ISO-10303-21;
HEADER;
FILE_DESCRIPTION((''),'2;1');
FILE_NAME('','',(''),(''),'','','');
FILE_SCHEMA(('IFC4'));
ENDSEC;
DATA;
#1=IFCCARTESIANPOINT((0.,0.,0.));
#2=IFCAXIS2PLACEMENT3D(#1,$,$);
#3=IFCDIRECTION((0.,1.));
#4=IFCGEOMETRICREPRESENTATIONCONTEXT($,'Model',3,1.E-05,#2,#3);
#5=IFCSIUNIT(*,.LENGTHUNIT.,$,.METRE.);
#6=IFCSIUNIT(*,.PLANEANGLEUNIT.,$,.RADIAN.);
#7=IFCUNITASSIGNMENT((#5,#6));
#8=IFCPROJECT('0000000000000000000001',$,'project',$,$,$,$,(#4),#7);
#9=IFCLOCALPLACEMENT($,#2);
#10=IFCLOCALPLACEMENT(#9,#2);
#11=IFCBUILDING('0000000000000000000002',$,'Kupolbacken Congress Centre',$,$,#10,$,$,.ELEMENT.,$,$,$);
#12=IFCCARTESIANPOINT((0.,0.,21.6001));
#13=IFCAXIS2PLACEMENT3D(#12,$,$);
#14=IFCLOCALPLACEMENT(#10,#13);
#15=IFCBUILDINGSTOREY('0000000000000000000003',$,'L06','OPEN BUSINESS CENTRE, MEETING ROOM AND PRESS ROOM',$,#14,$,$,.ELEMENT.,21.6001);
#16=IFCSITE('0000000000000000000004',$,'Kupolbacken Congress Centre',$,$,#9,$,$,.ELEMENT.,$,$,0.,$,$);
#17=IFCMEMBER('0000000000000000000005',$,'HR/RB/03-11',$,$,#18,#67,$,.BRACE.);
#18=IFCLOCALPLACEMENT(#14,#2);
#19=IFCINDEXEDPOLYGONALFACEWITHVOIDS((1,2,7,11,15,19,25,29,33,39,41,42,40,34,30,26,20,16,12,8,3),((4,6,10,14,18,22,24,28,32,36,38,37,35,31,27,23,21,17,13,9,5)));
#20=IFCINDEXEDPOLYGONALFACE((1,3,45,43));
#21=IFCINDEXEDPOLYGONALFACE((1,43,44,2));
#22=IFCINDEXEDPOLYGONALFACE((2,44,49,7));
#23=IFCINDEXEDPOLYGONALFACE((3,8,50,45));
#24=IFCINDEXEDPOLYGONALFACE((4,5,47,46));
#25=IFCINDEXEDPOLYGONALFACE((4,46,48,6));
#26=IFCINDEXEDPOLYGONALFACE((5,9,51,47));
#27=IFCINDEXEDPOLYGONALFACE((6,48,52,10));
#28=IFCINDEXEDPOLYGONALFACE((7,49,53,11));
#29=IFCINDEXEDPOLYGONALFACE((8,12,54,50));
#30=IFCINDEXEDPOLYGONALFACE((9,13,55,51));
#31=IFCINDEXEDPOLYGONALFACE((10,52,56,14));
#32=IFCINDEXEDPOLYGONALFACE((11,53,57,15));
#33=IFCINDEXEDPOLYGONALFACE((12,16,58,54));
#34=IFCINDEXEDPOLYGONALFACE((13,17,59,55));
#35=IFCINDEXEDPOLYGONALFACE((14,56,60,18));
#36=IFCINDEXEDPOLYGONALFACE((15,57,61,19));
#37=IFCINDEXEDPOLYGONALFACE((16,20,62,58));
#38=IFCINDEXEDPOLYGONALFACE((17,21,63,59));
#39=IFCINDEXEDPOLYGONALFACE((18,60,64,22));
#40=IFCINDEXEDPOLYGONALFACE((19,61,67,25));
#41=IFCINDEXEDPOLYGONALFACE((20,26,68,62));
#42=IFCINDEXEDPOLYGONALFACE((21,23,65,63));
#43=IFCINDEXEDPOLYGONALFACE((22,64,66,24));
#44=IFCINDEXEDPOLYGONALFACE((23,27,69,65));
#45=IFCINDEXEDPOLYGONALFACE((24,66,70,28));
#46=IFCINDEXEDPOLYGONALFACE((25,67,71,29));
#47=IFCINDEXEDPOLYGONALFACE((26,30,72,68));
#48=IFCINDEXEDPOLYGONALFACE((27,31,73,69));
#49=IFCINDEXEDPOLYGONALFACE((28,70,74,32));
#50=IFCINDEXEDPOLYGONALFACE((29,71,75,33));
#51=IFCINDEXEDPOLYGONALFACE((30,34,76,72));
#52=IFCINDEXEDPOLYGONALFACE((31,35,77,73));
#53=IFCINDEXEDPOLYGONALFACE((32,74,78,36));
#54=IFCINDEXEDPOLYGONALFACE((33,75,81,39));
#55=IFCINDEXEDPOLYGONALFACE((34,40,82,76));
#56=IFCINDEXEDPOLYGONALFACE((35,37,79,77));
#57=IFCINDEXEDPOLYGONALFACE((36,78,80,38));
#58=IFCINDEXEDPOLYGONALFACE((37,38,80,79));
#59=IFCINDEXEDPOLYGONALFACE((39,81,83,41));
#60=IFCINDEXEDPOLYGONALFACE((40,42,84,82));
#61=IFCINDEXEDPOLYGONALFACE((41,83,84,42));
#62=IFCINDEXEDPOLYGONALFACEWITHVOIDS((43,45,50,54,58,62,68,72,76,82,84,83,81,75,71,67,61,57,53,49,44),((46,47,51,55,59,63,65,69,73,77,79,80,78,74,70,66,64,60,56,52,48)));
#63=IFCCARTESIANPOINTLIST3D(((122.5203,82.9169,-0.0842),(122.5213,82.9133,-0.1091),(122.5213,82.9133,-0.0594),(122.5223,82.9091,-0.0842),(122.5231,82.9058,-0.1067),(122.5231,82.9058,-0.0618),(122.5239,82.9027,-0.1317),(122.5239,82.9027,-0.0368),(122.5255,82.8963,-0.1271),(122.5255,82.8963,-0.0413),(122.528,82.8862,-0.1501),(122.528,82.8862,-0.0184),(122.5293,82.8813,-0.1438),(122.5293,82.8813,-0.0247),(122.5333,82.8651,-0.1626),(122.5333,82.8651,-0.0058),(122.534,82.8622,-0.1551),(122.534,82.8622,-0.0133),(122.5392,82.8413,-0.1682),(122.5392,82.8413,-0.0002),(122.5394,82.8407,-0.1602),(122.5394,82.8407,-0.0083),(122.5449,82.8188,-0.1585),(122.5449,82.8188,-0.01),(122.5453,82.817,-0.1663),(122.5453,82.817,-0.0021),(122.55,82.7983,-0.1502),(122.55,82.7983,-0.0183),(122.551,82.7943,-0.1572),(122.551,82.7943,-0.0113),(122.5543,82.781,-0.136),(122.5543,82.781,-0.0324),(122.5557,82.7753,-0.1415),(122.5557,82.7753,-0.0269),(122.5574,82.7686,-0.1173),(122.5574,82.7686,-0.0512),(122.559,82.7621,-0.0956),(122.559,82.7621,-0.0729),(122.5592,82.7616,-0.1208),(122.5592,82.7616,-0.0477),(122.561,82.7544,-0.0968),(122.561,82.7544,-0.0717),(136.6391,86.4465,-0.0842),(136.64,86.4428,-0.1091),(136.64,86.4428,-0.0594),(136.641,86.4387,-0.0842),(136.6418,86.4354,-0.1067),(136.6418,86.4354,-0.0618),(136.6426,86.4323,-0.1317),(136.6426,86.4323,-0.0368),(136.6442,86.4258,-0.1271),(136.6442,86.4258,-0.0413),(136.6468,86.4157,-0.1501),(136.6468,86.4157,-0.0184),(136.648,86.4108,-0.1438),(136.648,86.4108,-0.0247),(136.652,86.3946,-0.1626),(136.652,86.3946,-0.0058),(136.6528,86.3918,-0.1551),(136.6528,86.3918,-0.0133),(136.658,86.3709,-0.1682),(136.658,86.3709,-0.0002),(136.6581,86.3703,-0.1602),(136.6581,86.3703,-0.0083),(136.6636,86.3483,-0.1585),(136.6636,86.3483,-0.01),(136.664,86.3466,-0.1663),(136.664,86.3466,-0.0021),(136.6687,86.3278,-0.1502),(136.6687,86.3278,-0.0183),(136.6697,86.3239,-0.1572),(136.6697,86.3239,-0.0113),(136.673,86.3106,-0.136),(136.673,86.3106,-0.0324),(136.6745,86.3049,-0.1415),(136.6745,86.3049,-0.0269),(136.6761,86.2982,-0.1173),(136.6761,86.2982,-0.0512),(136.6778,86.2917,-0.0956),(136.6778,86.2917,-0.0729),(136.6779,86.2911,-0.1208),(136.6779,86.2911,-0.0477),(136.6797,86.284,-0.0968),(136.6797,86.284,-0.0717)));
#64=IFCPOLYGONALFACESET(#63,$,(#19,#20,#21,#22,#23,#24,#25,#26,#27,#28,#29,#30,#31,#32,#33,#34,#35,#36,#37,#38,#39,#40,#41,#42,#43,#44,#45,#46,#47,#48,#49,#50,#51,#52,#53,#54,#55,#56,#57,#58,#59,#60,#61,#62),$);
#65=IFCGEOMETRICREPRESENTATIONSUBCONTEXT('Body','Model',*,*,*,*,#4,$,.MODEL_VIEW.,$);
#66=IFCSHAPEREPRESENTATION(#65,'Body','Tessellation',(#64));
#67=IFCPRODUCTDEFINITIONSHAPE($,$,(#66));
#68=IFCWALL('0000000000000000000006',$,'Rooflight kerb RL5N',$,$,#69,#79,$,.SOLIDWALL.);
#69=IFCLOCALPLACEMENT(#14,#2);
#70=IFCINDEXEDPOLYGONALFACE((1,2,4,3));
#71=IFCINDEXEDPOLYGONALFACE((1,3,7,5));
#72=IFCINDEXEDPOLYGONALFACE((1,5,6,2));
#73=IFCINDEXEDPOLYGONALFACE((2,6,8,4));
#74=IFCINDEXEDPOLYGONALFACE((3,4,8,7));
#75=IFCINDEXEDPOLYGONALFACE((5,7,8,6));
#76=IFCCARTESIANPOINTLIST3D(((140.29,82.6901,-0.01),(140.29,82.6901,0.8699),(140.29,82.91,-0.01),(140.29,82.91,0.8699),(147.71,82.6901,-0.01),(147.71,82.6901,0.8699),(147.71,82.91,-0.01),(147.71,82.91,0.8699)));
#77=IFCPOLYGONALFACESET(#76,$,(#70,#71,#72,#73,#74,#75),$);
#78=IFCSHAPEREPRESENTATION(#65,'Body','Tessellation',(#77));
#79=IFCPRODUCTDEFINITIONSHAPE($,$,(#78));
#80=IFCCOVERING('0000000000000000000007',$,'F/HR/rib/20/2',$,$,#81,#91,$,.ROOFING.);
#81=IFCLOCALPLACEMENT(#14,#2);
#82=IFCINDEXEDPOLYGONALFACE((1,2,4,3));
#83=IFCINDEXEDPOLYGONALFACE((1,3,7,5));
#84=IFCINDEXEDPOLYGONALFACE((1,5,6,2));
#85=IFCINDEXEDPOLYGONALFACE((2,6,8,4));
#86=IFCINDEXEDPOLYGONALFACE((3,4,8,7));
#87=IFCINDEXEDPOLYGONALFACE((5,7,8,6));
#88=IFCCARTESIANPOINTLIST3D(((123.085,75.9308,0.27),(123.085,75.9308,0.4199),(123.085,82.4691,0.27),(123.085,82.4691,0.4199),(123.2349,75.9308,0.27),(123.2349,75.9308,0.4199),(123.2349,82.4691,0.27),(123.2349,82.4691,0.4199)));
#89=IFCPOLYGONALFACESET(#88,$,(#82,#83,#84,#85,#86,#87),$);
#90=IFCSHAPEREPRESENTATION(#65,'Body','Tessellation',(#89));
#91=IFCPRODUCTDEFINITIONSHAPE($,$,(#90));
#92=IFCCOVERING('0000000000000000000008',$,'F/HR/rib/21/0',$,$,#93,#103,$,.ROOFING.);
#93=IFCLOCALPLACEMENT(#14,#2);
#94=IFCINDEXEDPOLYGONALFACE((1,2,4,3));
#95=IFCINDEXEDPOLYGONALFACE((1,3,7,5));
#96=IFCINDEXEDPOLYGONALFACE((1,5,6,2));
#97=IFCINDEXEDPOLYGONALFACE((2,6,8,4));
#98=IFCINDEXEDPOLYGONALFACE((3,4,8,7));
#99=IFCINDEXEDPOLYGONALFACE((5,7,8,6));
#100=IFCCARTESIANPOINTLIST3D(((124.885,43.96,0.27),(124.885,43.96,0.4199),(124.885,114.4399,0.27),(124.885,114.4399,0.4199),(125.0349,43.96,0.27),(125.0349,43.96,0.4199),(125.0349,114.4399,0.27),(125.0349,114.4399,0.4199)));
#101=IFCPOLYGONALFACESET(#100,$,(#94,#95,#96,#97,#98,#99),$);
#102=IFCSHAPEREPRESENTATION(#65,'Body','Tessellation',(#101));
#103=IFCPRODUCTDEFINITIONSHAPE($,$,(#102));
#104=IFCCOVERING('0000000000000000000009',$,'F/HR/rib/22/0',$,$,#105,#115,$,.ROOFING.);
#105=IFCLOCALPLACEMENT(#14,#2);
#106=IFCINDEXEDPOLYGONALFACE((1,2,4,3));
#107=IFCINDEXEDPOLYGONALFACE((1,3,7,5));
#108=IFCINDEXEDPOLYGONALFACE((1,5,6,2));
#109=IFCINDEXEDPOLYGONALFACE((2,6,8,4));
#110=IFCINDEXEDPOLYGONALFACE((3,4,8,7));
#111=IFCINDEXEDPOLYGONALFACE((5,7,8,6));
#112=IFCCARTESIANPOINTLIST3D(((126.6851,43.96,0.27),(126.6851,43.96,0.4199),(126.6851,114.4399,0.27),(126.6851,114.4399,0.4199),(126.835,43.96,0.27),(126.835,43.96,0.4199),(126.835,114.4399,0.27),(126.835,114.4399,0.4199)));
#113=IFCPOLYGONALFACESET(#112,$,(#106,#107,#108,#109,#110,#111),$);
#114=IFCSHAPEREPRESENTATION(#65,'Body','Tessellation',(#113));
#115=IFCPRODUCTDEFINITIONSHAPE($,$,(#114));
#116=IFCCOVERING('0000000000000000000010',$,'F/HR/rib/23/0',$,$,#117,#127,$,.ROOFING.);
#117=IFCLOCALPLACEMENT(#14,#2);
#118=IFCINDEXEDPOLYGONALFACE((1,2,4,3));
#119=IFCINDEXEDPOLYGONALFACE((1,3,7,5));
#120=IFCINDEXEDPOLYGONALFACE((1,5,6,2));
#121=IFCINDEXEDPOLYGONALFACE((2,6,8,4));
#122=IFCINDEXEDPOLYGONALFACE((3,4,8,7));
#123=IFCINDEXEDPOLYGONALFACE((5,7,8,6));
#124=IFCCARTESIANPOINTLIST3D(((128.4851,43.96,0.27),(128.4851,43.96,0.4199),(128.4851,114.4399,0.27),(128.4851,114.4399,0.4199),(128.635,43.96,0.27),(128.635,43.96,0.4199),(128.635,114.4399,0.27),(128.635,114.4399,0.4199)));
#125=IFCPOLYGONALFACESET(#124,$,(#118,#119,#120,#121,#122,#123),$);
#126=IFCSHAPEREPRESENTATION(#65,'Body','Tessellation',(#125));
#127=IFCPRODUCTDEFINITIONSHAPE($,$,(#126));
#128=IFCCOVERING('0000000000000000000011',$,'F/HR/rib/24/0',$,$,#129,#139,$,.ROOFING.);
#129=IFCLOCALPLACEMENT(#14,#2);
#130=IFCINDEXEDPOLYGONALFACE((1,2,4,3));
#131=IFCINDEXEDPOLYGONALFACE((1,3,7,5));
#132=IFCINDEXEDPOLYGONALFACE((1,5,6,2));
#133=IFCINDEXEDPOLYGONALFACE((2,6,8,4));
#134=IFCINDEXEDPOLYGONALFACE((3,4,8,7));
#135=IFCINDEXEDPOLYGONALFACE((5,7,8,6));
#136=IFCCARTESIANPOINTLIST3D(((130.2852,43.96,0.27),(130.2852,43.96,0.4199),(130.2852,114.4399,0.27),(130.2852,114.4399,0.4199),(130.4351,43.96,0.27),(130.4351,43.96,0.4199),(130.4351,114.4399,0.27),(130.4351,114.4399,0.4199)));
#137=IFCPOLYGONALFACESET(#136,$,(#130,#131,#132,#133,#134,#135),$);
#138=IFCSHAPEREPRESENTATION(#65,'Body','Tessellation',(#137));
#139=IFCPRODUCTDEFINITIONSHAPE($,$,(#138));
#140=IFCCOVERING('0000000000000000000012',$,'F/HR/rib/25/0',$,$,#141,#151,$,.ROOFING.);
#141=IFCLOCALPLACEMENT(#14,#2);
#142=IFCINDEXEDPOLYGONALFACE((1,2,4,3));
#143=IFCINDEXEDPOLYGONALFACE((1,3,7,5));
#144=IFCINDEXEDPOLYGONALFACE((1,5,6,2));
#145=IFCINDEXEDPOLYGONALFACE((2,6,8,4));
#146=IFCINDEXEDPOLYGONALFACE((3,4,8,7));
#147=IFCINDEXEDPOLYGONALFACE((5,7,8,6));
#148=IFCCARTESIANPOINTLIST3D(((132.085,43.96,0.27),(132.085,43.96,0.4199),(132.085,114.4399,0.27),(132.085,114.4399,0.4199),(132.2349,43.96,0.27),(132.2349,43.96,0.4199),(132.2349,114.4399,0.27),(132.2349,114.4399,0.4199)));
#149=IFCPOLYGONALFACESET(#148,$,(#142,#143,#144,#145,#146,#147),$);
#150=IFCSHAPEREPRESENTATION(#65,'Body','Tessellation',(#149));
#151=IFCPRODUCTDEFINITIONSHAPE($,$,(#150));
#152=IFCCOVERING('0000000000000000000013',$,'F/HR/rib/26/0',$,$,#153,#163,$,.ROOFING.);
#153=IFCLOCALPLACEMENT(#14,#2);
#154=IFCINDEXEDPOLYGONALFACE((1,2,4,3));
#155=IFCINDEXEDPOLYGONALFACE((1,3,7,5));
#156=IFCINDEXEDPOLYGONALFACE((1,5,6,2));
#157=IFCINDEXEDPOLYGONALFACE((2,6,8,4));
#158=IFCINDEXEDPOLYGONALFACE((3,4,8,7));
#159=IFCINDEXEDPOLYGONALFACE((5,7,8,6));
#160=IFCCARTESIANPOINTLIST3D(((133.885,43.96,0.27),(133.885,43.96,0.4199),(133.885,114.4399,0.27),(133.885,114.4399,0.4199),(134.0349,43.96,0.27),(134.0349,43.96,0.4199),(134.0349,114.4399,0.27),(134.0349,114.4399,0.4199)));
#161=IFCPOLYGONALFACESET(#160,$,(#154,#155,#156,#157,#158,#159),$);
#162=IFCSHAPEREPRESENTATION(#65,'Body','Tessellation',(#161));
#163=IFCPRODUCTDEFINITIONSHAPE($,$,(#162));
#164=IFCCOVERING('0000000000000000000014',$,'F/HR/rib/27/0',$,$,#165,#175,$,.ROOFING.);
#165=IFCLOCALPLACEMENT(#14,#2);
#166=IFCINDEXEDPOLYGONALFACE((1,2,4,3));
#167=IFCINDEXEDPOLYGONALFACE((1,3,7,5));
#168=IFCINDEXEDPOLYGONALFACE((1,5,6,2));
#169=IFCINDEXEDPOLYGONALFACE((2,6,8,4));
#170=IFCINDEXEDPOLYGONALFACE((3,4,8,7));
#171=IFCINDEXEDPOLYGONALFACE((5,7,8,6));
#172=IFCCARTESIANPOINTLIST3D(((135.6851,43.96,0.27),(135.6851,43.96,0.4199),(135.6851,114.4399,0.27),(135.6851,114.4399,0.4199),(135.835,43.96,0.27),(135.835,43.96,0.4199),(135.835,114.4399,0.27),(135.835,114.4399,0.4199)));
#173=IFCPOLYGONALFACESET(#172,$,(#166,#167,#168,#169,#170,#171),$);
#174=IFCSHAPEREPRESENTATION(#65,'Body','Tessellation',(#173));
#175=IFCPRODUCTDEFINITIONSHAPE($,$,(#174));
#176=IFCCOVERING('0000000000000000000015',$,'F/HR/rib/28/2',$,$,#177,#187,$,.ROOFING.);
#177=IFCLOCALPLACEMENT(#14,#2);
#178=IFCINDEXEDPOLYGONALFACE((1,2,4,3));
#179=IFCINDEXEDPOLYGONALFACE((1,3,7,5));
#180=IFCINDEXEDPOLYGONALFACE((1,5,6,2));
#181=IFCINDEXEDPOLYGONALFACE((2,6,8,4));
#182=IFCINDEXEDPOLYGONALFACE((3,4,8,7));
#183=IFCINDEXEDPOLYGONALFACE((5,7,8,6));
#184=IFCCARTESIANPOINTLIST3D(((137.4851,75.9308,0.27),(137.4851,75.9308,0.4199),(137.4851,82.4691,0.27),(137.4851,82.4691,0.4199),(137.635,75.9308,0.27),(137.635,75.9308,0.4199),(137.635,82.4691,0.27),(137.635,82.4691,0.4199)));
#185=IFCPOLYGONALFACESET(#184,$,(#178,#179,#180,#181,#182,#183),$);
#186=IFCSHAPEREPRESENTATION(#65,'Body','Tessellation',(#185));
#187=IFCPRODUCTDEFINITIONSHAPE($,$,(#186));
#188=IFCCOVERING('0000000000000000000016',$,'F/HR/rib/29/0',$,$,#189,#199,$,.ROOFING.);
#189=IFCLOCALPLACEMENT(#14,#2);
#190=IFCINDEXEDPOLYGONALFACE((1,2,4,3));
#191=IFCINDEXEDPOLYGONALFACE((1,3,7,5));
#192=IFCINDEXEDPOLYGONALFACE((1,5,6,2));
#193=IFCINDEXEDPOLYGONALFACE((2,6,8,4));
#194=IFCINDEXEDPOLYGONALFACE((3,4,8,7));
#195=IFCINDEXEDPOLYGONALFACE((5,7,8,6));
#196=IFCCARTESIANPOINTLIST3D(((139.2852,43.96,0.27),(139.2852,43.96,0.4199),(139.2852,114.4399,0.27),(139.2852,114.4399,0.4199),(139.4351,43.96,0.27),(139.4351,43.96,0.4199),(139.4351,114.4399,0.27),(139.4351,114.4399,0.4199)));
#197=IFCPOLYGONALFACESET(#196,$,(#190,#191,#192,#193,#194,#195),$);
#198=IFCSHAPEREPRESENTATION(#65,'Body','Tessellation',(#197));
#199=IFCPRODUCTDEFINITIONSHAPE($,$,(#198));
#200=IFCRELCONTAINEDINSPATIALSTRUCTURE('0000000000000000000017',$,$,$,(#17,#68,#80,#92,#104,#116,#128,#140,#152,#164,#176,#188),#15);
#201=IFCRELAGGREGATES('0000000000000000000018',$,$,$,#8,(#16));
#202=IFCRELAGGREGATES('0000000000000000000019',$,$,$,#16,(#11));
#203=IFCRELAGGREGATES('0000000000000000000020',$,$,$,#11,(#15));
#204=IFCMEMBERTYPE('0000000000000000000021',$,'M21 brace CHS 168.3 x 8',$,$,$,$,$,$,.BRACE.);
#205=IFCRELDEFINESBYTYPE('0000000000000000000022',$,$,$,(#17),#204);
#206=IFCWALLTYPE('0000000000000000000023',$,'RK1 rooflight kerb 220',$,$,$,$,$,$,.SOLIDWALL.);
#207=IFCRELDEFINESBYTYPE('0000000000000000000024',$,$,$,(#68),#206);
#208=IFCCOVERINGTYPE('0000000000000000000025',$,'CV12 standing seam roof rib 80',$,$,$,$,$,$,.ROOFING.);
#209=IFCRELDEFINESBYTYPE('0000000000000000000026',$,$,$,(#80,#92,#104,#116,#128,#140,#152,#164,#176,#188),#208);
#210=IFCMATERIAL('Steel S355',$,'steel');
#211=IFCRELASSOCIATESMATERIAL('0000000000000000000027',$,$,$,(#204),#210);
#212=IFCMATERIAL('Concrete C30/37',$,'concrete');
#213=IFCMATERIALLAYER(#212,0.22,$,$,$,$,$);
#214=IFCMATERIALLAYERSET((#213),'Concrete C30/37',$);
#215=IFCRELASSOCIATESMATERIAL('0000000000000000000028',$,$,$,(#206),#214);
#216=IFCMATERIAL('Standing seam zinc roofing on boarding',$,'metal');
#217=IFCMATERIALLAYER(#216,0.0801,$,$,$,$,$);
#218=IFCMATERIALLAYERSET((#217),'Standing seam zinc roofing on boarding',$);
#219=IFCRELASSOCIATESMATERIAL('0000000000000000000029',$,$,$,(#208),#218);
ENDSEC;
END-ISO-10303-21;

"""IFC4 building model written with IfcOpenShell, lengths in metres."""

from ifc_helpers import new_model, si_unit, direction, frame, frame_2d, origin, origin_2d, place, context, subcontext, project, spatial, rectangle, hollow_circle, extrude, material, layer, layer_set, material_profile, profile_set, type_object, element, save


model = new_model("IFC4")

# Units and contexts
model_context = context("Model", 3, precision=1e-05, world=origin(), true_north=direction((0.0, 1.0)))
body_context = subcontext(model_context, "Body", "Model", "MODEL_VIEW")
ifc_project = project(units=[si_unit("LENGTHUNIT", "METRE"), si_unit("PLANEANGLEUNIT", "RADIAN")], contexts=[model_context])

# Site, building, storey
site_placement = place(None, origin())
site = spatial("IfcSite", under=ifc_project, at=site_placement, Name="Kupolbacken Congress Centre", CompositionType="ELEMENT", RefElevation=0.0)
building_placement = place(site_placement, origin())
building = spatial("IfcBuilding", under=site, at=building_placement, Name="Kupolbacken Congress Centre", CompositionType="ELEMENT")
storey_placement = place(building_placement, frame((0.0, 0.0, 21.6001)))
storey = spatial("IfcBuildingStorey", under=building, at=storey_placement, Name="L06", Description="OPEN BUSINESS CENTRE, MEETING ROOM AND PRESS ROOM", CompositionType="ELEMENT", Elevation=21.6001)

# Member
ifc_material_1 = material(Name="Steel S355", Category="steel")
ifc_material_profile_1 = material_profile(ifc_material_1, hollow_circle(Radius=0.0842, WallThickness=0.0081, at=origin_2d()), Name="CHS 168.3 x 8")
ifc_profile_set_1 = profile_set([ifc_material_profile_1], Name="Steel S355")
member_type_1 = type_object("IfcMemberType", Name="M21 brace CHS 168.3 x 8", PredefinedType="BRACE", material=ifc_profile_set_1)
for number, where, z_axis, x_axis, name in (
    (1, (122.5408, 82.8352, -0.0842), (0.970144, 0.242528, 0.0), (-0.242528, 0.970144, 0.0), "HR/RB/03-11"),
):
    element("IfcMember", number, at=place(storey_placement, frame(where, z_axis=z_axis, x_axis=x_axis)), inside=storey, type_object=member_type_1, Name=name, PredefinedType="BRACE", context=body_context, shape_type="SweptSolid", body=[
        extrude(hollow_circle(Radius=0.0842, WallThickness=0.0081, at=origin_2d()), origin(), (0.0, 0.0, 1.0), 14.5532),
    ])

# Wall
ifc_material_2 = material(Name="Concrete C30/37", Category="concrete")
ifc_layer_1 = layer(ifc_material_2, 0.22)
ifc_layer_set_1 = layer_set([ifc_layer_1], Name="Concrete C30/37")
wall_type = type_object("IfcWallType", Name="RK1 rooflight kerb 220", PredefinedType="SOLIDWALL", material=ifc_layer_set_1)
wall_placement = place(storey_placement, frame((140.29, 82.8, -0.01), z_axis=(0.0, 0.0, 1.0), x_axis=(1.0, 0.0, 0.0)))
element("IfcWall", 2, at=wall_placement, inside=storey, type_object=wall_type, Name="Rooflight kerb RL5N", PredefinedType="SOLIDWALL", context=body_context, shape_type="SweptSolid", body=[
    extrude(rectangle(XDim=7.4199, YDim=0.22, at=frame_2d((3.71, 0.0))), origin(), (0.0, 0.0, 1.0), 0.8799),
])

# Coverings
ifc_material_3 = material(Name="Standing seam zinc roofing on boarding", Category="metal")
ifc_layer_2 = layer(ifc_material_3, 0.0801)
ifc_layer_set_2 = layer_set([ifc_layer_2], Name="Standing seam zinc roofing on boarding")
covering_type = type_object("IfcCoveringType", Name="CV12 standing seam roof rib 80", PredefinedType="ROOFING", material=ifc_layer_set_2)
covering_1_placement = place(storey_placement, frame((123.1599, 79.2, 0.27), z_axis=(0.0, 0.0, 1.0), x_axis=(0.0, 1.0, 0.0)))
element("IfcCovering", 3, at=covering_1_placement, inside=storey, type_object=covering_type, Name="F/HR/rib/20/2", PredefinedType="ROOFING", context=body_context, shape_type="SweptSolid", body=[
    extrude(rectangle(XDim=6.5383, YDim=0.1499, at=origin_2d()), origin(), (0.0, 0.0, 1.0), 0.1499),
])
for number, where, z_axis, x_axis, name in (
    (4, (124.96, 79.2, 0.27), (0.0, 0.0, 1.0), (0.0, 1.0, 0.0), "F/HR/rib/21/0"),
    (5, (126.76, 79.2, 0.27), (0.0, 0.0, 1.0), (0.0, 1.0, 0.0), "F/HR/rib/22/0"),
    (6, (128.5601, 79.2, 0.27), (0.0, 0.0, 1.0), (0.0, 1.0, 0.0), "F/HR/rib/23/0"),
    (7, (130.3601, 79.2, 0.27), (0.0, 0.0, 1.0), (0.0, 1.0, 0.0), "F/HR/rib/24/0"),
    (8, (132.1599, 79.2, 0.27), (0.0, 0.0, 1.0), (0.0, 1.0, 0.0), "F/HR/rib/25/0"),
    (9, (133.96, 79.2, 0.27), (0.0, 0.0, 1.0), (0.0, 1.0, 0.0), "F/HR/rib/26/0"),
    (10, (135.76, 79.2, 0.27), (0.0, 0.0, 1.0), (0.0, 1.0, 0.0), "F/HR/rib/27/0"),
):
    element("IfcCovering", number, at=place(storey_placement, frame(where, z_axis=z_axis, x_axis=x_axis)), inside=storey, type_object=covering_type, Name=name, PredefinedType="ROOFING", context=body_context, shape_type="SweptSolid", body=[
        extrude(rectangle(XDim=70.48, YDim=0.1499, at=origin_2d()), origin(), (0.0, 0.0, 1.0), 0.1499),
    ])
covering_2_placement = place(storey_placement, frame((137.5601, 79.2, 0.27), z_axis=(0.0, 0.0, 1.0), x_axis=(0.0, 1.0, 0.0)))
element("IfcCovering", 11, at=covering_2_placement, inside=storey, type_object=covering_type, Name="F/HR/rib/28/2", PredefinedType="ROOFING", context=body_context, shape_type="SweptSolid", body=[
    extrude(rectangle(XDim=6.5383, YDim=0.1499, at=origin_2d()), origin(), (0.0, 0.0, 1.0), 0.1499),
])
covering_3_placement = place(storey_placement, frame((139.3601, 79.2, 0.27), z_axis=(0.0, 0.0, 1.0), x_axis=(0.0, 1.0, 0.0)))
element("IfcCovering", 12, at=covering_3_placement, inside=storey, type_object=covering_type, Name="F/HR/rib/29/0", PredefinedType="ROOFING", context=body_context, shape_type="SweptSolid", body=[
    extrude(rectangle(XDim=70.48, YDim=0.1499, at=origin_2d()), origin(), (0.0, 0.0, 1.0), 0.1499),
])

save(model, "model.ifc")
